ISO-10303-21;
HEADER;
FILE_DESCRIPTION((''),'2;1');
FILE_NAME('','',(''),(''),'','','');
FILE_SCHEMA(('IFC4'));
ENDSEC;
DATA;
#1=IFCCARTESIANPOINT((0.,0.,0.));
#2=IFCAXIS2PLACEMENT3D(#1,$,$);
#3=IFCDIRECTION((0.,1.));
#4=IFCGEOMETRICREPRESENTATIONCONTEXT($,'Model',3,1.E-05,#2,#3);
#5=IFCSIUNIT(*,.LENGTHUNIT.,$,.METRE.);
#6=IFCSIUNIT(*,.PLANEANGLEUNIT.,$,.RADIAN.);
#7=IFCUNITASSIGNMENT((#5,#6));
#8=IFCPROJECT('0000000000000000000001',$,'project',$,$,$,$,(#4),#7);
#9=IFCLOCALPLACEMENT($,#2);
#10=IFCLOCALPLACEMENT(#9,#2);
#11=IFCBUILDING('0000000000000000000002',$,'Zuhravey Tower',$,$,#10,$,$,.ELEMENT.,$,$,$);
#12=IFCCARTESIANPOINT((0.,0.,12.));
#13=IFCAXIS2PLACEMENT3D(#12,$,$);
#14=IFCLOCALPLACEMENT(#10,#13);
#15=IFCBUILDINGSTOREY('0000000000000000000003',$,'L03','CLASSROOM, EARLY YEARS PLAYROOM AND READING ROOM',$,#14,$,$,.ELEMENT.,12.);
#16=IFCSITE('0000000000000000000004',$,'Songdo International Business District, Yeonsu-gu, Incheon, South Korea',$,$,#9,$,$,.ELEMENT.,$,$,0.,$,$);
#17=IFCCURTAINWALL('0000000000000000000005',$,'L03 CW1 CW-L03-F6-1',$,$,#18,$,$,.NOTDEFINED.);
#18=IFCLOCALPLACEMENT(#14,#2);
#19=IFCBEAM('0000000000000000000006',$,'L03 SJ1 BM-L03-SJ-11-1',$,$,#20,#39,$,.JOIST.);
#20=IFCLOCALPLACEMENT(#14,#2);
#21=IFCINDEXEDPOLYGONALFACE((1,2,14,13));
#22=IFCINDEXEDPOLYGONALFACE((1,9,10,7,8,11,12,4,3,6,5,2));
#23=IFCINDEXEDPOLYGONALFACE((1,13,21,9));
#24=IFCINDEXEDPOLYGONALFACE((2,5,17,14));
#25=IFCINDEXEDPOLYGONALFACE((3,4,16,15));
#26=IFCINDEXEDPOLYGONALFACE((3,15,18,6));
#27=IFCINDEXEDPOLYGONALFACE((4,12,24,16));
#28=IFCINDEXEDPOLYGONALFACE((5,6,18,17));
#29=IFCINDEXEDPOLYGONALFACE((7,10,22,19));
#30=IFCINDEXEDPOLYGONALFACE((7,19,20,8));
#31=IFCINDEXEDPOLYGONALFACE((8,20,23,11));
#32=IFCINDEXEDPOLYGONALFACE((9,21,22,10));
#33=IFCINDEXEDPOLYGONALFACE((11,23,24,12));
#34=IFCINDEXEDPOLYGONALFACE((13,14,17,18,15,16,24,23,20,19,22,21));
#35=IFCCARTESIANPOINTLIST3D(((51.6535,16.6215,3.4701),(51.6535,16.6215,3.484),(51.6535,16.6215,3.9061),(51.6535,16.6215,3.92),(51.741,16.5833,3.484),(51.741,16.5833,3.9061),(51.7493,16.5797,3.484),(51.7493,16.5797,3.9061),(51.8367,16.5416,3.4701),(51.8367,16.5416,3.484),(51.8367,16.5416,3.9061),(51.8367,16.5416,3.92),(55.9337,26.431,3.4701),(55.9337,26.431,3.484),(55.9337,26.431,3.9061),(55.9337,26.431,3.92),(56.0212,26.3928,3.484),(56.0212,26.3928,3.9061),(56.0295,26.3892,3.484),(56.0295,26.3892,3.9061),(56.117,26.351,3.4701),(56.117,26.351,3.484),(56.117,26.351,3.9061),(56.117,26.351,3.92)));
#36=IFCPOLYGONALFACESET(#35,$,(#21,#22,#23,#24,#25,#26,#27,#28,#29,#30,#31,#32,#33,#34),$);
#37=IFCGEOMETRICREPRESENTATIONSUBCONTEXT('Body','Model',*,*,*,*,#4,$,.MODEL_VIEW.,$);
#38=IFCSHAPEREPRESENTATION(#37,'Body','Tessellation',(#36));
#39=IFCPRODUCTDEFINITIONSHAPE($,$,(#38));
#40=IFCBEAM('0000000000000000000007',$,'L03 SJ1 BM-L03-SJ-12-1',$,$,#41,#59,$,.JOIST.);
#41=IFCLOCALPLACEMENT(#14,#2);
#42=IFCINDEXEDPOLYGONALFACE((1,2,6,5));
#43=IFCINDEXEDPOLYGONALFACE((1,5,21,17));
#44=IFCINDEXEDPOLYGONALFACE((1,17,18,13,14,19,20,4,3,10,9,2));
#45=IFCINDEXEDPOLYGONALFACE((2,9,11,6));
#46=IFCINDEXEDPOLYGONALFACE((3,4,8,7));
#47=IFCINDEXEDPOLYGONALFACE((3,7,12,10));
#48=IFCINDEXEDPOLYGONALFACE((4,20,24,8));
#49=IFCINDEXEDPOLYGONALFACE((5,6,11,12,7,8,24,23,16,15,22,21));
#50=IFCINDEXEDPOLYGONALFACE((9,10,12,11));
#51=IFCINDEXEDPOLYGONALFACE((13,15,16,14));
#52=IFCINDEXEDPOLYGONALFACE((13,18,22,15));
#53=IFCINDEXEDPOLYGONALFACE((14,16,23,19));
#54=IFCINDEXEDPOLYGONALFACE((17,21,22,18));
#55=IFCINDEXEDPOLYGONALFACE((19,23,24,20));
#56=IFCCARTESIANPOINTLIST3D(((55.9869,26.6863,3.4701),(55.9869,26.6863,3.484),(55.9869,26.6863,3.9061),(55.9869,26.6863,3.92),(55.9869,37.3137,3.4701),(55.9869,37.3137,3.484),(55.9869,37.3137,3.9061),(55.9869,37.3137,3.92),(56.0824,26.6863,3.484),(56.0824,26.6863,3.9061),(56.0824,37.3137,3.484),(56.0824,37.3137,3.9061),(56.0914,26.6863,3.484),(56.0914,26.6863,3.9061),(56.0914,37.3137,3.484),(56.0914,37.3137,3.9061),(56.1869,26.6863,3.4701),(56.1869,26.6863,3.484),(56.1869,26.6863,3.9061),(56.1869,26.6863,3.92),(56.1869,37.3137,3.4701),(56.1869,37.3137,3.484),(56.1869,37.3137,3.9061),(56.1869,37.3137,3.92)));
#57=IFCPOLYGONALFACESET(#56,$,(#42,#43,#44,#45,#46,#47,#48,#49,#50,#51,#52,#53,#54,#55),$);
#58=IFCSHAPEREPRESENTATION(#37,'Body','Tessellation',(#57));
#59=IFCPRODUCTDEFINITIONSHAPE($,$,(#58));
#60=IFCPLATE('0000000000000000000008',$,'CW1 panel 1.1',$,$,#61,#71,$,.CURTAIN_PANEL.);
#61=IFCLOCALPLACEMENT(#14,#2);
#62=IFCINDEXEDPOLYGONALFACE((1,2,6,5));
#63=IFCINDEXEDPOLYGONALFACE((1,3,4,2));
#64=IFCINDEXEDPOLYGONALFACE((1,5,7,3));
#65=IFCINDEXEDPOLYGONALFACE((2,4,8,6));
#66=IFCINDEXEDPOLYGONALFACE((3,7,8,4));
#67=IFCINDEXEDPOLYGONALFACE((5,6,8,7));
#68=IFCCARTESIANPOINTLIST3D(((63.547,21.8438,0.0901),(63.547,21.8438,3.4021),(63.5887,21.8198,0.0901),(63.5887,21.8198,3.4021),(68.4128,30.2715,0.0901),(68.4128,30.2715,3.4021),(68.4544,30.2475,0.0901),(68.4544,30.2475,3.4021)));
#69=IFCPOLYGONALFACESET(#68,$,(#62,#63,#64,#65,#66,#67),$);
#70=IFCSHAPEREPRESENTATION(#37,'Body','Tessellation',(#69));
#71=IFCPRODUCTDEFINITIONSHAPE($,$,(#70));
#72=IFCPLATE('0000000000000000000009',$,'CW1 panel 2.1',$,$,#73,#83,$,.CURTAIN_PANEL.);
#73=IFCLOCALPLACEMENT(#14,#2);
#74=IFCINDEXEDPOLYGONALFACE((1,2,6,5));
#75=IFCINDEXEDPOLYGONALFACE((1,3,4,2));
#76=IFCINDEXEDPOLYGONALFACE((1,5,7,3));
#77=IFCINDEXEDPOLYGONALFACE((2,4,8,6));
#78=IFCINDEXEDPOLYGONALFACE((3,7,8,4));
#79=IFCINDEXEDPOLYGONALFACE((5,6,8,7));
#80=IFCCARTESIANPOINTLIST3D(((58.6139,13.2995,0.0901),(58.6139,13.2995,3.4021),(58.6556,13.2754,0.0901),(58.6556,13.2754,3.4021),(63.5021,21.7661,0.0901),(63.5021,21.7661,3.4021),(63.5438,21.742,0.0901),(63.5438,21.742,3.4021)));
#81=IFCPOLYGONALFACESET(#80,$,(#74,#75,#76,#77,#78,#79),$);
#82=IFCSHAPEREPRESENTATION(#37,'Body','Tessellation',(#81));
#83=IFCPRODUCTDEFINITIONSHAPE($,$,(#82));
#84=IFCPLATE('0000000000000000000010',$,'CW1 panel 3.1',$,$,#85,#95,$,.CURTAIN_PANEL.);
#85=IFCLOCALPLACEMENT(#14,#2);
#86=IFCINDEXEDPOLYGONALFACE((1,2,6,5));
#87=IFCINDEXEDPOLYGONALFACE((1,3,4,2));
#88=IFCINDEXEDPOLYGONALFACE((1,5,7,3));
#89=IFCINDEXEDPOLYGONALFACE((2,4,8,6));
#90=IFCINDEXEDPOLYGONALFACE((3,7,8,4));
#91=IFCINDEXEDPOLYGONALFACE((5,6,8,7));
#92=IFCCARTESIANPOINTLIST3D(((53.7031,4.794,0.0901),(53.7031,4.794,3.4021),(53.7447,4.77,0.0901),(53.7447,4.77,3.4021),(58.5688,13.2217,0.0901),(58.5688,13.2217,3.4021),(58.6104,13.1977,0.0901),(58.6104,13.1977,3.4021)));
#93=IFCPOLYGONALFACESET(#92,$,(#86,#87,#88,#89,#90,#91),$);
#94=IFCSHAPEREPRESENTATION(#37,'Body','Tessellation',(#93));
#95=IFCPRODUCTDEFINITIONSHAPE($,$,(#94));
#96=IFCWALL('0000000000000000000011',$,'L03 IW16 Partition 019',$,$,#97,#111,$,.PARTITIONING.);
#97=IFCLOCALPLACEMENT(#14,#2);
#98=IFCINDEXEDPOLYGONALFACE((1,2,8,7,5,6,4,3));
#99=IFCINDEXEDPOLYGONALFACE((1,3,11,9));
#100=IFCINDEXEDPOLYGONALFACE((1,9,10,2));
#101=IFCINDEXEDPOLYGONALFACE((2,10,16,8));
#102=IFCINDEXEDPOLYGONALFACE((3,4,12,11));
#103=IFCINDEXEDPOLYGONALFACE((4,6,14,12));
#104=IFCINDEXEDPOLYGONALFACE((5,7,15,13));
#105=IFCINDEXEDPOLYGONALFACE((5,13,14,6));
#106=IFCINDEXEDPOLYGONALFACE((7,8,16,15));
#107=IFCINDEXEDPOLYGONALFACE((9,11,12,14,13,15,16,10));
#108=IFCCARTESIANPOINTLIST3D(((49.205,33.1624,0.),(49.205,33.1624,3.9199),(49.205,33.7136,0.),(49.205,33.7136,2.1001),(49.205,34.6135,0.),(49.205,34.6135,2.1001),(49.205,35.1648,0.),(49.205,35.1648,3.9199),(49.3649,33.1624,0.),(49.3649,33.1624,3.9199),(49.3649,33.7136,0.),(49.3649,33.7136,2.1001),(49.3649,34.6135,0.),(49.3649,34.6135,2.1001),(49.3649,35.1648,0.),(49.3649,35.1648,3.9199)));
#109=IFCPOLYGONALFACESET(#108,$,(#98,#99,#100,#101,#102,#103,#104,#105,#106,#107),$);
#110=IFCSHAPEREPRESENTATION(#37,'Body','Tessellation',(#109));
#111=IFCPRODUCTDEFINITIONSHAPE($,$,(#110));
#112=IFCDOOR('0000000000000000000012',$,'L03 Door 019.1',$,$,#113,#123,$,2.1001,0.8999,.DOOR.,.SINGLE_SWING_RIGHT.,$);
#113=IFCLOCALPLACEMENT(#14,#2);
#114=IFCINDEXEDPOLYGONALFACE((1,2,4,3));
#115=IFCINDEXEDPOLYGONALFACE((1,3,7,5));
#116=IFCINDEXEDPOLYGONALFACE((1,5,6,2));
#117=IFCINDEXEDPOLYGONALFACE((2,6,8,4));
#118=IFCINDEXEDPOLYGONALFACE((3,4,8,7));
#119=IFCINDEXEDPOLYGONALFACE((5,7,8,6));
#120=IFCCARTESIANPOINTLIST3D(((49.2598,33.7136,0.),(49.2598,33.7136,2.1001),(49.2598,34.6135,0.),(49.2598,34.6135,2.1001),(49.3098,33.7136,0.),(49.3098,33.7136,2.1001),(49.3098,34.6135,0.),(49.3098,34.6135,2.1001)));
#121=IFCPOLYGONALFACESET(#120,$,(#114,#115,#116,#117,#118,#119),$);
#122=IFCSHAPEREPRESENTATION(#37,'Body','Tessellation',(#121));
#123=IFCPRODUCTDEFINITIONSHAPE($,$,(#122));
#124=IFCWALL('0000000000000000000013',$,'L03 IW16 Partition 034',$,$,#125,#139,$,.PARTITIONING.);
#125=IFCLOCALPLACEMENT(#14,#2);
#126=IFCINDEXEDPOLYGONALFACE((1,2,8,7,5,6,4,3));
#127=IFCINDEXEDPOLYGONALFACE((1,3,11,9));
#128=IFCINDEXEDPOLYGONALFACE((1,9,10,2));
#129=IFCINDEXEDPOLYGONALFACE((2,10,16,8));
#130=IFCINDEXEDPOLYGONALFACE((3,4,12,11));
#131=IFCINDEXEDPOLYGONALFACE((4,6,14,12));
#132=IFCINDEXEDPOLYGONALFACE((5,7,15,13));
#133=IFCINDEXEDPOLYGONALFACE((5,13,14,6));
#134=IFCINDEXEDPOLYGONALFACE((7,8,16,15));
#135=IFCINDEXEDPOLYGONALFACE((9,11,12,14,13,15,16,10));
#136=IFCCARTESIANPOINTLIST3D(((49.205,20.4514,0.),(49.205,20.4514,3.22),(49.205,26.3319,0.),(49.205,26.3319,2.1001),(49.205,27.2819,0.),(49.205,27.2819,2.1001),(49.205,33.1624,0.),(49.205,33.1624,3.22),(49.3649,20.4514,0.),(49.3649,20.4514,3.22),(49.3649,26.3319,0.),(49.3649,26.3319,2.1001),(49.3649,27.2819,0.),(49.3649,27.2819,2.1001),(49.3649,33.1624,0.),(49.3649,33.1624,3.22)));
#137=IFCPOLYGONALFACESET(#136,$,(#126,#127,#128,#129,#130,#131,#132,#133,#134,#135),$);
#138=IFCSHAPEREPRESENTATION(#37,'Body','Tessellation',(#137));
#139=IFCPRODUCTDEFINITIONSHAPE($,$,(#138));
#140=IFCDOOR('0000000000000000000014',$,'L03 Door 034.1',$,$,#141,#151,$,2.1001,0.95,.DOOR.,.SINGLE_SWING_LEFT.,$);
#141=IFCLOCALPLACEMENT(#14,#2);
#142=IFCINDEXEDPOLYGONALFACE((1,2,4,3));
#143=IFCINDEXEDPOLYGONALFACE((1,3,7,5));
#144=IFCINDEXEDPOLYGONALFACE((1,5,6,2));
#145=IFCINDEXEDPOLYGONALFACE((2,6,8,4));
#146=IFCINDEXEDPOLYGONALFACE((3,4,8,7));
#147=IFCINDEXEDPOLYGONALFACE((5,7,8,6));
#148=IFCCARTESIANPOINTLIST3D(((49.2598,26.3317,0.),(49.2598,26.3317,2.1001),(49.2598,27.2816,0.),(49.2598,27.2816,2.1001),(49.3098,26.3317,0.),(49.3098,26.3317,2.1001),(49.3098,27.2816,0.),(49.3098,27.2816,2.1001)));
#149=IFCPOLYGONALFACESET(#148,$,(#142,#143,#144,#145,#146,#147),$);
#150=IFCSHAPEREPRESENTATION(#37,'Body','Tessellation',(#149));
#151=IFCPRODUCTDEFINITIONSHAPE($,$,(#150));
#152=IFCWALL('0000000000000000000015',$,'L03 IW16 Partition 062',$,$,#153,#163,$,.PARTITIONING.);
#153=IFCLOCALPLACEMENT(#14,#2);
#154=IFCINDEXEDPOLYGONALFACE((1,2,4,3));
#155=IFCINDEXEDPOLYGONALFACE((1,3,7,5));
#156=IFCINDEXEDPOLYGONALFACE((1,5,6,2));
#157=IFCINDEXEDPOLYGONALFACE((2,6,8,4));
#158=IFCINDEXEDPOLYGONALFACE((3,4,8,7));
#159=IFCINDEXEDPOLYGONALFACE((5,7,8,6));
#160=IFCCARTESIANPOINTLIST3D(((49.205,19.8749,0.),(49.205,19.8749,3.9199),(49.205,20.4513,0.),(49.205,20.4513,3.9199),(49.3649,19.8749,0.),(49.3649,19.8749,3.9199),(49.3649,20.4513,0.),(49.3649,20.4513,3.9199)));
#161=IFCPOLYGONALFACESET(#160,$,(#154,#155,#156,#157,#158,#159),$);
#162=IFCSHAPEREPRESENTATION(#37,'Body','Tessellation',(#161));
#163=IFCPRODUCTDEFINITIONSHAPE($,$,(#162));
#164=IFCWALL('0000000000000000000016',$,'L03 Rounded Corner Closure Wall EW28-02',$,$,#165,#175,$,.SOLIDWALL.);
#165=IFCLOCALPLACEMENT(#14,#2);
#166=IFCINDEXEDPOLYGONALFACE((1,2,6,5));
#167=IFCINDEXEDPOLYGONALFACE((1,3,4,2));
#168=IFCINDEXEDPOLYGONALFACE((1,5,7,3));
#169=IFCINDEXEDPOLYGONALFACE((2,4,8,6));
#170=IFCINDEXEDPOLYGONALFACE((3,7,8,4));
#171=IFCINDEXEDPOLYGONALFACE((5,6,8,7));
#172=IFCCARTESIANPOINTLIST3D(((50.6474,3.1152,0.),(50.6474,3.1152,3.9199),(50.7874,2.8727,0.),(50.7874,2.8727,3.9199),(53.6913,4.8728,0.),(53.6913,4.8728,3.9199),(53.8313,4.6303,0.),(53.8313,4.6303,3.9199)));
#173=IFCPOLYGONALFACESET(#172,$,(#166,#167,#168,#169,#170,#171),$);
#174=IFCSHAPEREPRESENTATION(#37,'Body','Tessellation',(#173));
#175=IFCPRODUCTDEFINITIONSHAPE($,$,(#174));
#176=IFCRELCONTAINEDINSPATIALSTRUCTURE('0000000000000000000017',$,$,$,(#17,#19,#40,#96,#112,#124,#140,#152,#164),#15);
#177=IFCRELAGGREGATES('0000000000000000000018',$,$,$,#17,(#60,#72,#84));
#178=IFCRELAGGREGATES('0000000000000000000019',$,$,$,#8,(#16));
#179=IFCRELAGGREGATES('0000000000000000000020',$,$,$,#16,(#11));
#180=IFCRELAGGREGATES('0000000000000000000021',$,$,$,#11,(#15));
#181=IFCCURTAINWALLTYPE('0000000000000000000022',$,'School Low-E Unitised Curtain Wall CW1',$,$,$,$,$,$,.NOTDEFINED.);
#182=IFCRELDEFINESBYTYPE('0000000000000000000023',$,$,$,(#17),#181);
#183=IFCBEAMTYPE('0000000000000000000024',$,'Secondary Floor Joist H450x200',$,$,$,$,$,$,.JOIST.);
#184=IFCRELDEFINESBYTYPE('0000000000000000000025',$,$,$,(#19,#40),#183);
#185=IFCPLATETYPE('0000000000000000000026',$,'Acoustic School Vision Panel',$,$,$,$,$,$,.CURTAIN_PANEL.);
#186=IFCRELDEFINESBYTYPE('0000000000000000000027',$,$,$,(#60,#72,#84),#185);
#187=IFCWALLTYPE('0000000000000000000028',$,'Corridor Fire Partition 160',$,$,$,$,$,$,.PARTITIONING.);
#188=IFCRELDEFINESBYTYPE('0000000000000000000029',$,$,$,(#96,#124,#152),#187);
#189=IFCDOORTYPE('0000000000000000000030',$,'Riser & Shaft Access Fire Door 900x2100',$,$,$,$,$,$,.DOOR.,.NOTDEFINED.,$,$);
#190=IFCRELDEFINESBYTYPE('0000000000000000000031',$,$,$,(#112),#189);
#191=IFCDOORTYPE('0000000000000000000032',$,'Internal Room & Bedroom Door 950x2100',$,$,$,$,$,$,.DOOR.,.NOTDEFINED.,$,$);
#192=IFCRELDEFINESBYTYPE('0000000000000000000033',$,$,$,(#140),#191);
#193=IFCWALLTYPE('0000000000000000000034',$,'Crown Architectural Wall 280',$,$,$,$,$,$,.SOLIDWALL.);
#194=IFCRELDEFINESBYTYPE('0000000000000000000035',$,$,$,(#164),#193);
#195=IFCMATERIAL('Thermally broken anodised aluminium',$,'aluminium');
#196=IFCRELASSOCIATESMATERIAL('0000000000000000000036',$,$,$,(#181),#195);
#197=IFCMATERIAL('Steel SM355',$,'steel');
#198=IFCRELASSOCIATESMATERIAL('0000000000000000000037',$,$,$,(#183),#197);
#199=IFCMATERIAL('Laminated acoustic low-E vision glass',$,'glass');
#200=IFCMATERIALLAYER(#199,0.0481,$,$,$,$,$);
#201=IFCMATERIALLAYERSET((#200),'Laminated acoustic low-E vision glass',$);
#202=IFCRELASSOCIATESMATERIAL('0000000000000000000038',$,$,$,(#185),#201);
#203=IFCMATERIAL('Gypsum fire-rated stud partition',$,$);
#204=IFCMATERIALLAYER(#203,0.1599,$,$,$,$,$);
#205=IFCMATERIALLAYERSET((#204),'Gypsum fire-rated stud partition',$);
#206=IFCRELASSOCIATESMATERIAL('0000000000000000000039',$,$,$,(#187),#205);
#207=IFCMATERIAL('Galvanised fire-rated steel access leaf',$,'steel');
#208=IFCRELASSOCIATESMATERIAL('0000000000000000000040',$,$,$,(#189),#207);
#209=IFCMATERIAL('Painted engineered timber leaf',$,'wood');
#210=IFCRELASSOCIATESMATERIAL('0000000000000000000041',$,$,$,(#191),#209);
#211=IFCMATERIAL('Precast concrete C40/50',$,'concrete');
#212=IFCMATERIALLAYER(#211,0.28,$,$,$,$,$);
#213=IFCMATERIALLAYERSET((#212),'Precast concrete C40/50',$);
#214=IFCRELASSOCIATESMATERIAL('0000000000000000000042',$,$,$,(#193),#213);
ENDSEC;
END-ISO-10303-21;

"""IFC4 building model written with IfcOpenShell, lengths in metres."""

from ifc_helpers import new_model, si_unit, direction, frame, frame_2d, origin, origin_2d, place, context, subcontext, project, spatial, rectangle, i_section, extrude, material, layer, layer_set, material_profile, profile_set, type_object, element, fill, aggregate, save


model = new_model("IFC4")

# Units and contexts
model_context = context("Model", 3, precision=1e-05, world=origin(), true_north=direction((0.0, 1.0)))
body_context = subcontext(model_context, "Body", "Model", "MODEL_VIEW")
ifc_project = project(units=[si_unit("LENGTHUNIT", "METRE"), si_unit("PLANEANGLEUNIT", "RADIAN")], contexts=[model_context])

# Site, building, storey
site_placement = place(None, origin())
site = spatial("IfcSite", under=ifc_project, at=site_placement, Name="Songdo International Business District, Yeonsu-gu, Incheon, South Korea", CompositionType="ELEMENT", RefElevation=0.0)
building_placement = place(site_placement, origin())
building = spatial("IfcBuilding", under=site, at=building_placement, Name="Zuhravey Tower", CompositionType="ELEMENT")
storey_placement = place(building_placement, frame((0.0, 0.0, 12.0)))
storey = spatial("IfcBuildingStorey", under=building, at=storey_placement, Name="L03", Description="CLASSROOM, EARLY YEARS PLAYROOM AND READING ROOM", CompositionType="ELEMENT", Elevation=12.0)

# Curtain wall
ifc_material_1 = material(Name="Thermally broken anodised aluminium", Category="aluminium")
curtain_wall_type = type_object("IfcCurtainWallType", Name="School Low-E Unitised Curtain Wall CW1", PredefinedType="NOTDEFINED", material=ifc_material_1)
curtain_wall_1_placement = place(storey_placement, origin())
curtain_wall_1 = element("IfcCurtainWall", 1, at=curtain_wall_1_placement, inside=storey, type_object=curtain_wall_type, Name="L03 CW1 CW-L03-F6-1", PredefinedType="NOTDEFINED")

# Beams
ifc_material_2 = material(Name="Steel SM355", Category="steel")
ifc_material_profile_1 = material_profile(ifc_material_2, i_section(OverallWidth=0.2, OverallDepth=0.45, WebThickness=0.009, FlangeThickness=0.0139, at=origin_2d()), Name="H-450x200x9x14")
ifc_profile_set_1 = profile_set([ifc_material_profile_1], Name="Steel SM355")
beam_type_1 = type_object("IfcBeamType", Name="Secondary Floor Joist H450x200", PredefinedType="JOIST", material=ifc_profile_set_1)
beam_1_placement = place(storey_placement, frame((51.7451, 16.5815, 3.6951), z_axis=(0.399924, 0.916549, 0.0), x_axis=(-0.916549, 0.399924, 0.0)))
element("IfcBeam", 2, at=beam_1_placement, inside=storey, type_object=beam_type_1, Name="L03 SJ1 BM-L03-SJ-11-1", PredefinedType="JOIST", context=body_context, shape_type="SweptSolid", body=[
    extrude(i_section(OverallWidth=0.2, OverallDepth=0.45, WebThickness=0.009, FlangeThickness=0.0139, at=origin_2d()), origin(), (0.0, 0.0, 1.0), 10.7026),
])
beam_2_placement = place(storey_placement, frame((56.0869, 26.6863, 3.6951), z_axis=(0.0, 1.0, 0.0), x_axis=(-1.0, 0.0, 0.0)))
element("IfcBeam", 3, at=beam_2_placement, inside=storey, type_object=beam_type_1, Name="L03 SJ1 BM-L03-SJ-12-1", PredefinedType="JOIST", context=body_context, shape_type="SweptSolid", body=[
    extrude(i_section(OverallWidth=0.2, OverallDepth=0.45, WebThickness=0.009, FlangeThickness=0.0139, at=origin_2d()), origin(), (0.0, 0.0, 1.0), 10.6274),
])

# Plates
ifc_material_3 = material(Name="Laminated acoustic low-E vision glass", Category="glass")
ifc_layer_1 = layer(ifc_material_3, 0.0481)
ifc_layer_set_1 = layer_set([ifc_layer_1], Name="Laminated acoustic low-E vision glass")
plate_type = type_object("IfcPlateType", Name="Acoustic School Vision Panel", PredefinedType="CURTAIN_PANEL", material=ifc_layer_set_1)
plate_1_placement = place(storey_placement, frame((66.0007, 26.0457, 0.0901), z_axis=(0.0, 0.0, 1.0), x_axis=(-0.5, -0.866026, 0.0)))
plate_1 = element("IfcPlate", 4, at=plate_1_placement, type_object=plate_type, Name="CW1 panel 1.1", PredefinedType="CURTAIN_PANEL", context=body_context, shape_type="SweptSolid", body=[
    extrude(rectangle(XDim=9.7314, YDim=0.0481, at=origin_2d()), origin(), (0.0, 0.0, 1.0), 3.312),
])
plate_2_placement = place(storey_placement, frame((61.0789, 17.5208, 0.0901), z_axis=(0.0, 0.0, 1.0), x_axis=(-0.5, -0.866026, 0.0)))
plate_2 = element("IfcPlate", 5, at=plate_2_placement, type_object=plate_type, Name="CW1 panel 2.1", PredefinedType="CURTAIN_PANEL", context=body_context, shape_type="SweptSolid", body=[
    extrude(rectangle(XDim=9.7764, YDim=0.0481, at=origin_2d()), origin(), (0.0, 0.0, 1.0), 3.312),
])
plate_3_placement = place(storey_placement, frame((56.1567, 8.9958, 0.0901), z_axis=(0.0, 0.0, 1.0), x_axis=(-0.5, -0.866026, 0.0)))
plate_3 = element("IfcPlate", 6, at=plate_3_placement, type_object=plate_type, Name="CW1 panel 3.1", PredefinedType="CURTAIN_PANEL", context=body_context, shape_type="SweptSolid", body=[
    extrude(rectangle(XDim=9.7314, YDim=0.0481, at=origin_2d()), origin(), (0.0, 0.0, 1.0), 3.312),
])
aggregate(curtain_wall_1, [plate_1, plate_2, plate_3])

# Walls, openings, doors
ifc_material_4 = material(Name="Gypsum fire-rated stud partition")
ifc_layer_2 = layer(ifc_material_4, 0.1599)
ifc_layer_set_2 = layer_set([ifc_layer_2], Name="Gypsum fire-rated stud partition")
wall_type_1 = type_object("IfcWallType", Name="Corridor Fire Partition 160", PredefinedType="PARTITIONING", material=ifc_layer_set_2)
wall_1_placement = place(storey_placement, frame((49.2849, 33.1624, 0.0), z_axis=(0.0, 0.0, 1.0), x_axis=(0.0, 1.0, 0.0)))
wall_1 = element("IfcWall", 7, at=wall_1_placement, inside=storey, type_object=wall_type_1, Name="L03 IW16 Partition 019", PredefinedType="PARTITIONING", context=body_context, shape_type="SweptSolid", body=[
    extrude(rectangle(XDim=2.0024, YDim=0.1599, at=frame_2d((1.0012, 0.0))), origin(), (0.0, 0.0, 1.0), 3.9199),
])
opening_1_placement = place(wall_1_placement, frame((0.5513, 0.0, 0.0)))
opening_1 = element("IfcOpeningElement", 8, at=opening_1_placement, cuts=wall_1, PredefinedType="OPENING", context=body_context, shape_type="SweptSolid", body=[
    extrude(rectangle(XDim=0.8999, YDim=2.1001, at=frame_2d((0.45, 1.05))), frame((0.0, 0.092, 0.0), z_axis=(0.0, -1.0, 0.0), x_axis=(1.0, 0.0, 0.0)), (0.0, 0.0, 1.0), 0.1838),
])
ifc_material_5 = material(Name="Galvanised fire-rated steel access leaf", Category="steel")
door_type_1 = type_object("IfcDoorType", Name="Riser & Shaft Access Fire Door 900x2100", OperationType="NOTDEFINED", PredefinedType="DOOR", material=ifc_material_5)
door_1_placement = place(opening_1_placement, frame((0.8999, 0.0, 0.0), z_axis=(0.0, 0.0, 1.0), x_axis=(-1.0, 0.0, 0.0)))
door_1 = element("IfcDoor", 9, at=door_1_placement, inside=storey, type_object=door_type_1, Name="L03 Door 019.1", OperationType="SINGLE_SWING_RIGHT", OverallHeight=2.1001, OverallWidth=0.8999, PredefinedType="DOOR", context=body_context, shape_type="SweptSolid", body=[
    extrude(rectangle(XDim=0.8999, YDim=2.1001, at=frame_2d((0.45, 1.05))), frame((0.0, 0.0249, 0.0), z_axis=(0.0, -1.0, 0.0), x_axis=(1.0, 0.0, 0.0)), (0.0, 0.0, 1.0), 0.05),
])
fill(opening_1, door_1)
wall_2_placement = place(storey_placement, frame((49.2849, 20.4514, 0.0), z_axis=(0.0, 0.0, 1.0), x_axis=(0.0, 1.0, 0.0)))
wall_2 = element("IfcWall", 10, at=wall_2_placement, inside=storey, type_object=wall_type_1, Name="L03 IW16 Partition 034", PredefinedType="PARTITIONING", context=body_context, shape_type="SweptSolid", body=[
    extrude(rectangle(XDim=12.7109, YDim=0.1599, at=frame_2d((6.3555, 0.0))), origin(), (0.0, 0.0, 1.0), 3.22),
])
opening_2_placement = place(wall_2_placement, frame((5.8804, 0.0, 0.0)))
opening_2 = element("IfcOpeningElement", 11, at=opening_2_placement, cuts=wall_2, PredefinedType="OPENING", context=body_context, shape_type="SweptSolid", body=[
    extrude(rectangle(XDim=0.95, YDim=2.1001, at=frame_2d((0.4751, 1.05))), frame((0.0, 0.092, 0.0), z_axis=(0.0, -1.0, 0.0), x_axis=(1.0, 0.0, 0.0)), (0.0, 0.0, 1.0), 0.1838),
])
ifc_material_6 = material(Name="Painted engineered timber leaf", Category="wood")
door_type_2 = type_object("IfcDoorType", Name="Internal Room & Bedroom Door 950x2100", OperationType="NOTDEFINED", PredefinedType="DOOR", material=ifc_material_6)
door_2_placement = place(opening_2_placement, frame((0.95, 0.0, 0.0), z_axis=(0.0, 0.0, 1.0), x_axis=(-1.0, 0.0, 0.0)))
door_2 = element("IfcDoor", 12, at=door_2_placement, inside=storey, type_object=door_type_2, Name="L03 Door 034.1", OperationType="SINGLE_SWING_LEFT", OverallHeight=2.1001, OverallWidth=0.95, PredefinedType="DOOR", context=body_context, shape_type="SweptSolid", body=[
    extrude(rectangle(XDim=0.95, YDim=2.1001, at=frame_2d((0.4751, 1.05))), frame((0.0, 0.0249, 0.0), z_axis=(0.0, -1.0, 0.0), x_axis=(1.0, 0.0, 0.0)), (0.0, 0.0, 1.0), 0.05),
])
fill(opening_2, door_2)

# Walls
wall_3_placement = place(storey_placement, frame((49.2849, 19.875, 0.0), z_axis=(0.0, 0.0, 1.0), x_axis=(0.0, 1.0, 0.0)))
element("IfcWall", 13, at=wall_3_placement, inside=storey, type_object=wall_type_1, Name="L03 IW16 Partition 062", PredefinedType="PARTITIONING", context=body_context, shape_type="SweptSolid", body=[
    extrude(rectangle(XDim=0.5764, YDim=0.1599, at=frame_2d((0.2881, 0.0))), origin(), (0.0, 0.0, 1.0), 3.9199),
])
ifc_material_7 = material(Name="Precast concrete C40/50", Category="concrete")
ifc_layer_3 = layer(ifc_material_7, 0.28)
ifc_layer_set_3 = layer_set([ifc_layer_3], Name="Precast concrete C40/50")
wall_type_2 = type_object("IfcWallType", Name="Crown Architectural Wall 280", PredefinedType="SOLIDWALL", material=ifc_layer_set_3)
wall_4_placement = place(storey_placement, frame((53.7612, 4.7515, 0.0), z_axis=(0.0, 0.0, 1.0), x_axis=(-0.866007, -0.500031, 0.0)))
element("IfcWall", 14, at=wall_4_placement, inside=storey, type_object=wall_type_2, Name="L03 Rounded Corner Closure Wall EW28-02", PredefinedType="SOLIDWALL", context=body_context, shape_type="SweptSolid", body=[
    extrude(rectangle(XDim=3.5149, YDim=0.28, at=frame_2d((1.7573, 0.0))), origin(), (0.0, 0.0, 1.0), 3.9199),
])

save(model, "model.ifc")
